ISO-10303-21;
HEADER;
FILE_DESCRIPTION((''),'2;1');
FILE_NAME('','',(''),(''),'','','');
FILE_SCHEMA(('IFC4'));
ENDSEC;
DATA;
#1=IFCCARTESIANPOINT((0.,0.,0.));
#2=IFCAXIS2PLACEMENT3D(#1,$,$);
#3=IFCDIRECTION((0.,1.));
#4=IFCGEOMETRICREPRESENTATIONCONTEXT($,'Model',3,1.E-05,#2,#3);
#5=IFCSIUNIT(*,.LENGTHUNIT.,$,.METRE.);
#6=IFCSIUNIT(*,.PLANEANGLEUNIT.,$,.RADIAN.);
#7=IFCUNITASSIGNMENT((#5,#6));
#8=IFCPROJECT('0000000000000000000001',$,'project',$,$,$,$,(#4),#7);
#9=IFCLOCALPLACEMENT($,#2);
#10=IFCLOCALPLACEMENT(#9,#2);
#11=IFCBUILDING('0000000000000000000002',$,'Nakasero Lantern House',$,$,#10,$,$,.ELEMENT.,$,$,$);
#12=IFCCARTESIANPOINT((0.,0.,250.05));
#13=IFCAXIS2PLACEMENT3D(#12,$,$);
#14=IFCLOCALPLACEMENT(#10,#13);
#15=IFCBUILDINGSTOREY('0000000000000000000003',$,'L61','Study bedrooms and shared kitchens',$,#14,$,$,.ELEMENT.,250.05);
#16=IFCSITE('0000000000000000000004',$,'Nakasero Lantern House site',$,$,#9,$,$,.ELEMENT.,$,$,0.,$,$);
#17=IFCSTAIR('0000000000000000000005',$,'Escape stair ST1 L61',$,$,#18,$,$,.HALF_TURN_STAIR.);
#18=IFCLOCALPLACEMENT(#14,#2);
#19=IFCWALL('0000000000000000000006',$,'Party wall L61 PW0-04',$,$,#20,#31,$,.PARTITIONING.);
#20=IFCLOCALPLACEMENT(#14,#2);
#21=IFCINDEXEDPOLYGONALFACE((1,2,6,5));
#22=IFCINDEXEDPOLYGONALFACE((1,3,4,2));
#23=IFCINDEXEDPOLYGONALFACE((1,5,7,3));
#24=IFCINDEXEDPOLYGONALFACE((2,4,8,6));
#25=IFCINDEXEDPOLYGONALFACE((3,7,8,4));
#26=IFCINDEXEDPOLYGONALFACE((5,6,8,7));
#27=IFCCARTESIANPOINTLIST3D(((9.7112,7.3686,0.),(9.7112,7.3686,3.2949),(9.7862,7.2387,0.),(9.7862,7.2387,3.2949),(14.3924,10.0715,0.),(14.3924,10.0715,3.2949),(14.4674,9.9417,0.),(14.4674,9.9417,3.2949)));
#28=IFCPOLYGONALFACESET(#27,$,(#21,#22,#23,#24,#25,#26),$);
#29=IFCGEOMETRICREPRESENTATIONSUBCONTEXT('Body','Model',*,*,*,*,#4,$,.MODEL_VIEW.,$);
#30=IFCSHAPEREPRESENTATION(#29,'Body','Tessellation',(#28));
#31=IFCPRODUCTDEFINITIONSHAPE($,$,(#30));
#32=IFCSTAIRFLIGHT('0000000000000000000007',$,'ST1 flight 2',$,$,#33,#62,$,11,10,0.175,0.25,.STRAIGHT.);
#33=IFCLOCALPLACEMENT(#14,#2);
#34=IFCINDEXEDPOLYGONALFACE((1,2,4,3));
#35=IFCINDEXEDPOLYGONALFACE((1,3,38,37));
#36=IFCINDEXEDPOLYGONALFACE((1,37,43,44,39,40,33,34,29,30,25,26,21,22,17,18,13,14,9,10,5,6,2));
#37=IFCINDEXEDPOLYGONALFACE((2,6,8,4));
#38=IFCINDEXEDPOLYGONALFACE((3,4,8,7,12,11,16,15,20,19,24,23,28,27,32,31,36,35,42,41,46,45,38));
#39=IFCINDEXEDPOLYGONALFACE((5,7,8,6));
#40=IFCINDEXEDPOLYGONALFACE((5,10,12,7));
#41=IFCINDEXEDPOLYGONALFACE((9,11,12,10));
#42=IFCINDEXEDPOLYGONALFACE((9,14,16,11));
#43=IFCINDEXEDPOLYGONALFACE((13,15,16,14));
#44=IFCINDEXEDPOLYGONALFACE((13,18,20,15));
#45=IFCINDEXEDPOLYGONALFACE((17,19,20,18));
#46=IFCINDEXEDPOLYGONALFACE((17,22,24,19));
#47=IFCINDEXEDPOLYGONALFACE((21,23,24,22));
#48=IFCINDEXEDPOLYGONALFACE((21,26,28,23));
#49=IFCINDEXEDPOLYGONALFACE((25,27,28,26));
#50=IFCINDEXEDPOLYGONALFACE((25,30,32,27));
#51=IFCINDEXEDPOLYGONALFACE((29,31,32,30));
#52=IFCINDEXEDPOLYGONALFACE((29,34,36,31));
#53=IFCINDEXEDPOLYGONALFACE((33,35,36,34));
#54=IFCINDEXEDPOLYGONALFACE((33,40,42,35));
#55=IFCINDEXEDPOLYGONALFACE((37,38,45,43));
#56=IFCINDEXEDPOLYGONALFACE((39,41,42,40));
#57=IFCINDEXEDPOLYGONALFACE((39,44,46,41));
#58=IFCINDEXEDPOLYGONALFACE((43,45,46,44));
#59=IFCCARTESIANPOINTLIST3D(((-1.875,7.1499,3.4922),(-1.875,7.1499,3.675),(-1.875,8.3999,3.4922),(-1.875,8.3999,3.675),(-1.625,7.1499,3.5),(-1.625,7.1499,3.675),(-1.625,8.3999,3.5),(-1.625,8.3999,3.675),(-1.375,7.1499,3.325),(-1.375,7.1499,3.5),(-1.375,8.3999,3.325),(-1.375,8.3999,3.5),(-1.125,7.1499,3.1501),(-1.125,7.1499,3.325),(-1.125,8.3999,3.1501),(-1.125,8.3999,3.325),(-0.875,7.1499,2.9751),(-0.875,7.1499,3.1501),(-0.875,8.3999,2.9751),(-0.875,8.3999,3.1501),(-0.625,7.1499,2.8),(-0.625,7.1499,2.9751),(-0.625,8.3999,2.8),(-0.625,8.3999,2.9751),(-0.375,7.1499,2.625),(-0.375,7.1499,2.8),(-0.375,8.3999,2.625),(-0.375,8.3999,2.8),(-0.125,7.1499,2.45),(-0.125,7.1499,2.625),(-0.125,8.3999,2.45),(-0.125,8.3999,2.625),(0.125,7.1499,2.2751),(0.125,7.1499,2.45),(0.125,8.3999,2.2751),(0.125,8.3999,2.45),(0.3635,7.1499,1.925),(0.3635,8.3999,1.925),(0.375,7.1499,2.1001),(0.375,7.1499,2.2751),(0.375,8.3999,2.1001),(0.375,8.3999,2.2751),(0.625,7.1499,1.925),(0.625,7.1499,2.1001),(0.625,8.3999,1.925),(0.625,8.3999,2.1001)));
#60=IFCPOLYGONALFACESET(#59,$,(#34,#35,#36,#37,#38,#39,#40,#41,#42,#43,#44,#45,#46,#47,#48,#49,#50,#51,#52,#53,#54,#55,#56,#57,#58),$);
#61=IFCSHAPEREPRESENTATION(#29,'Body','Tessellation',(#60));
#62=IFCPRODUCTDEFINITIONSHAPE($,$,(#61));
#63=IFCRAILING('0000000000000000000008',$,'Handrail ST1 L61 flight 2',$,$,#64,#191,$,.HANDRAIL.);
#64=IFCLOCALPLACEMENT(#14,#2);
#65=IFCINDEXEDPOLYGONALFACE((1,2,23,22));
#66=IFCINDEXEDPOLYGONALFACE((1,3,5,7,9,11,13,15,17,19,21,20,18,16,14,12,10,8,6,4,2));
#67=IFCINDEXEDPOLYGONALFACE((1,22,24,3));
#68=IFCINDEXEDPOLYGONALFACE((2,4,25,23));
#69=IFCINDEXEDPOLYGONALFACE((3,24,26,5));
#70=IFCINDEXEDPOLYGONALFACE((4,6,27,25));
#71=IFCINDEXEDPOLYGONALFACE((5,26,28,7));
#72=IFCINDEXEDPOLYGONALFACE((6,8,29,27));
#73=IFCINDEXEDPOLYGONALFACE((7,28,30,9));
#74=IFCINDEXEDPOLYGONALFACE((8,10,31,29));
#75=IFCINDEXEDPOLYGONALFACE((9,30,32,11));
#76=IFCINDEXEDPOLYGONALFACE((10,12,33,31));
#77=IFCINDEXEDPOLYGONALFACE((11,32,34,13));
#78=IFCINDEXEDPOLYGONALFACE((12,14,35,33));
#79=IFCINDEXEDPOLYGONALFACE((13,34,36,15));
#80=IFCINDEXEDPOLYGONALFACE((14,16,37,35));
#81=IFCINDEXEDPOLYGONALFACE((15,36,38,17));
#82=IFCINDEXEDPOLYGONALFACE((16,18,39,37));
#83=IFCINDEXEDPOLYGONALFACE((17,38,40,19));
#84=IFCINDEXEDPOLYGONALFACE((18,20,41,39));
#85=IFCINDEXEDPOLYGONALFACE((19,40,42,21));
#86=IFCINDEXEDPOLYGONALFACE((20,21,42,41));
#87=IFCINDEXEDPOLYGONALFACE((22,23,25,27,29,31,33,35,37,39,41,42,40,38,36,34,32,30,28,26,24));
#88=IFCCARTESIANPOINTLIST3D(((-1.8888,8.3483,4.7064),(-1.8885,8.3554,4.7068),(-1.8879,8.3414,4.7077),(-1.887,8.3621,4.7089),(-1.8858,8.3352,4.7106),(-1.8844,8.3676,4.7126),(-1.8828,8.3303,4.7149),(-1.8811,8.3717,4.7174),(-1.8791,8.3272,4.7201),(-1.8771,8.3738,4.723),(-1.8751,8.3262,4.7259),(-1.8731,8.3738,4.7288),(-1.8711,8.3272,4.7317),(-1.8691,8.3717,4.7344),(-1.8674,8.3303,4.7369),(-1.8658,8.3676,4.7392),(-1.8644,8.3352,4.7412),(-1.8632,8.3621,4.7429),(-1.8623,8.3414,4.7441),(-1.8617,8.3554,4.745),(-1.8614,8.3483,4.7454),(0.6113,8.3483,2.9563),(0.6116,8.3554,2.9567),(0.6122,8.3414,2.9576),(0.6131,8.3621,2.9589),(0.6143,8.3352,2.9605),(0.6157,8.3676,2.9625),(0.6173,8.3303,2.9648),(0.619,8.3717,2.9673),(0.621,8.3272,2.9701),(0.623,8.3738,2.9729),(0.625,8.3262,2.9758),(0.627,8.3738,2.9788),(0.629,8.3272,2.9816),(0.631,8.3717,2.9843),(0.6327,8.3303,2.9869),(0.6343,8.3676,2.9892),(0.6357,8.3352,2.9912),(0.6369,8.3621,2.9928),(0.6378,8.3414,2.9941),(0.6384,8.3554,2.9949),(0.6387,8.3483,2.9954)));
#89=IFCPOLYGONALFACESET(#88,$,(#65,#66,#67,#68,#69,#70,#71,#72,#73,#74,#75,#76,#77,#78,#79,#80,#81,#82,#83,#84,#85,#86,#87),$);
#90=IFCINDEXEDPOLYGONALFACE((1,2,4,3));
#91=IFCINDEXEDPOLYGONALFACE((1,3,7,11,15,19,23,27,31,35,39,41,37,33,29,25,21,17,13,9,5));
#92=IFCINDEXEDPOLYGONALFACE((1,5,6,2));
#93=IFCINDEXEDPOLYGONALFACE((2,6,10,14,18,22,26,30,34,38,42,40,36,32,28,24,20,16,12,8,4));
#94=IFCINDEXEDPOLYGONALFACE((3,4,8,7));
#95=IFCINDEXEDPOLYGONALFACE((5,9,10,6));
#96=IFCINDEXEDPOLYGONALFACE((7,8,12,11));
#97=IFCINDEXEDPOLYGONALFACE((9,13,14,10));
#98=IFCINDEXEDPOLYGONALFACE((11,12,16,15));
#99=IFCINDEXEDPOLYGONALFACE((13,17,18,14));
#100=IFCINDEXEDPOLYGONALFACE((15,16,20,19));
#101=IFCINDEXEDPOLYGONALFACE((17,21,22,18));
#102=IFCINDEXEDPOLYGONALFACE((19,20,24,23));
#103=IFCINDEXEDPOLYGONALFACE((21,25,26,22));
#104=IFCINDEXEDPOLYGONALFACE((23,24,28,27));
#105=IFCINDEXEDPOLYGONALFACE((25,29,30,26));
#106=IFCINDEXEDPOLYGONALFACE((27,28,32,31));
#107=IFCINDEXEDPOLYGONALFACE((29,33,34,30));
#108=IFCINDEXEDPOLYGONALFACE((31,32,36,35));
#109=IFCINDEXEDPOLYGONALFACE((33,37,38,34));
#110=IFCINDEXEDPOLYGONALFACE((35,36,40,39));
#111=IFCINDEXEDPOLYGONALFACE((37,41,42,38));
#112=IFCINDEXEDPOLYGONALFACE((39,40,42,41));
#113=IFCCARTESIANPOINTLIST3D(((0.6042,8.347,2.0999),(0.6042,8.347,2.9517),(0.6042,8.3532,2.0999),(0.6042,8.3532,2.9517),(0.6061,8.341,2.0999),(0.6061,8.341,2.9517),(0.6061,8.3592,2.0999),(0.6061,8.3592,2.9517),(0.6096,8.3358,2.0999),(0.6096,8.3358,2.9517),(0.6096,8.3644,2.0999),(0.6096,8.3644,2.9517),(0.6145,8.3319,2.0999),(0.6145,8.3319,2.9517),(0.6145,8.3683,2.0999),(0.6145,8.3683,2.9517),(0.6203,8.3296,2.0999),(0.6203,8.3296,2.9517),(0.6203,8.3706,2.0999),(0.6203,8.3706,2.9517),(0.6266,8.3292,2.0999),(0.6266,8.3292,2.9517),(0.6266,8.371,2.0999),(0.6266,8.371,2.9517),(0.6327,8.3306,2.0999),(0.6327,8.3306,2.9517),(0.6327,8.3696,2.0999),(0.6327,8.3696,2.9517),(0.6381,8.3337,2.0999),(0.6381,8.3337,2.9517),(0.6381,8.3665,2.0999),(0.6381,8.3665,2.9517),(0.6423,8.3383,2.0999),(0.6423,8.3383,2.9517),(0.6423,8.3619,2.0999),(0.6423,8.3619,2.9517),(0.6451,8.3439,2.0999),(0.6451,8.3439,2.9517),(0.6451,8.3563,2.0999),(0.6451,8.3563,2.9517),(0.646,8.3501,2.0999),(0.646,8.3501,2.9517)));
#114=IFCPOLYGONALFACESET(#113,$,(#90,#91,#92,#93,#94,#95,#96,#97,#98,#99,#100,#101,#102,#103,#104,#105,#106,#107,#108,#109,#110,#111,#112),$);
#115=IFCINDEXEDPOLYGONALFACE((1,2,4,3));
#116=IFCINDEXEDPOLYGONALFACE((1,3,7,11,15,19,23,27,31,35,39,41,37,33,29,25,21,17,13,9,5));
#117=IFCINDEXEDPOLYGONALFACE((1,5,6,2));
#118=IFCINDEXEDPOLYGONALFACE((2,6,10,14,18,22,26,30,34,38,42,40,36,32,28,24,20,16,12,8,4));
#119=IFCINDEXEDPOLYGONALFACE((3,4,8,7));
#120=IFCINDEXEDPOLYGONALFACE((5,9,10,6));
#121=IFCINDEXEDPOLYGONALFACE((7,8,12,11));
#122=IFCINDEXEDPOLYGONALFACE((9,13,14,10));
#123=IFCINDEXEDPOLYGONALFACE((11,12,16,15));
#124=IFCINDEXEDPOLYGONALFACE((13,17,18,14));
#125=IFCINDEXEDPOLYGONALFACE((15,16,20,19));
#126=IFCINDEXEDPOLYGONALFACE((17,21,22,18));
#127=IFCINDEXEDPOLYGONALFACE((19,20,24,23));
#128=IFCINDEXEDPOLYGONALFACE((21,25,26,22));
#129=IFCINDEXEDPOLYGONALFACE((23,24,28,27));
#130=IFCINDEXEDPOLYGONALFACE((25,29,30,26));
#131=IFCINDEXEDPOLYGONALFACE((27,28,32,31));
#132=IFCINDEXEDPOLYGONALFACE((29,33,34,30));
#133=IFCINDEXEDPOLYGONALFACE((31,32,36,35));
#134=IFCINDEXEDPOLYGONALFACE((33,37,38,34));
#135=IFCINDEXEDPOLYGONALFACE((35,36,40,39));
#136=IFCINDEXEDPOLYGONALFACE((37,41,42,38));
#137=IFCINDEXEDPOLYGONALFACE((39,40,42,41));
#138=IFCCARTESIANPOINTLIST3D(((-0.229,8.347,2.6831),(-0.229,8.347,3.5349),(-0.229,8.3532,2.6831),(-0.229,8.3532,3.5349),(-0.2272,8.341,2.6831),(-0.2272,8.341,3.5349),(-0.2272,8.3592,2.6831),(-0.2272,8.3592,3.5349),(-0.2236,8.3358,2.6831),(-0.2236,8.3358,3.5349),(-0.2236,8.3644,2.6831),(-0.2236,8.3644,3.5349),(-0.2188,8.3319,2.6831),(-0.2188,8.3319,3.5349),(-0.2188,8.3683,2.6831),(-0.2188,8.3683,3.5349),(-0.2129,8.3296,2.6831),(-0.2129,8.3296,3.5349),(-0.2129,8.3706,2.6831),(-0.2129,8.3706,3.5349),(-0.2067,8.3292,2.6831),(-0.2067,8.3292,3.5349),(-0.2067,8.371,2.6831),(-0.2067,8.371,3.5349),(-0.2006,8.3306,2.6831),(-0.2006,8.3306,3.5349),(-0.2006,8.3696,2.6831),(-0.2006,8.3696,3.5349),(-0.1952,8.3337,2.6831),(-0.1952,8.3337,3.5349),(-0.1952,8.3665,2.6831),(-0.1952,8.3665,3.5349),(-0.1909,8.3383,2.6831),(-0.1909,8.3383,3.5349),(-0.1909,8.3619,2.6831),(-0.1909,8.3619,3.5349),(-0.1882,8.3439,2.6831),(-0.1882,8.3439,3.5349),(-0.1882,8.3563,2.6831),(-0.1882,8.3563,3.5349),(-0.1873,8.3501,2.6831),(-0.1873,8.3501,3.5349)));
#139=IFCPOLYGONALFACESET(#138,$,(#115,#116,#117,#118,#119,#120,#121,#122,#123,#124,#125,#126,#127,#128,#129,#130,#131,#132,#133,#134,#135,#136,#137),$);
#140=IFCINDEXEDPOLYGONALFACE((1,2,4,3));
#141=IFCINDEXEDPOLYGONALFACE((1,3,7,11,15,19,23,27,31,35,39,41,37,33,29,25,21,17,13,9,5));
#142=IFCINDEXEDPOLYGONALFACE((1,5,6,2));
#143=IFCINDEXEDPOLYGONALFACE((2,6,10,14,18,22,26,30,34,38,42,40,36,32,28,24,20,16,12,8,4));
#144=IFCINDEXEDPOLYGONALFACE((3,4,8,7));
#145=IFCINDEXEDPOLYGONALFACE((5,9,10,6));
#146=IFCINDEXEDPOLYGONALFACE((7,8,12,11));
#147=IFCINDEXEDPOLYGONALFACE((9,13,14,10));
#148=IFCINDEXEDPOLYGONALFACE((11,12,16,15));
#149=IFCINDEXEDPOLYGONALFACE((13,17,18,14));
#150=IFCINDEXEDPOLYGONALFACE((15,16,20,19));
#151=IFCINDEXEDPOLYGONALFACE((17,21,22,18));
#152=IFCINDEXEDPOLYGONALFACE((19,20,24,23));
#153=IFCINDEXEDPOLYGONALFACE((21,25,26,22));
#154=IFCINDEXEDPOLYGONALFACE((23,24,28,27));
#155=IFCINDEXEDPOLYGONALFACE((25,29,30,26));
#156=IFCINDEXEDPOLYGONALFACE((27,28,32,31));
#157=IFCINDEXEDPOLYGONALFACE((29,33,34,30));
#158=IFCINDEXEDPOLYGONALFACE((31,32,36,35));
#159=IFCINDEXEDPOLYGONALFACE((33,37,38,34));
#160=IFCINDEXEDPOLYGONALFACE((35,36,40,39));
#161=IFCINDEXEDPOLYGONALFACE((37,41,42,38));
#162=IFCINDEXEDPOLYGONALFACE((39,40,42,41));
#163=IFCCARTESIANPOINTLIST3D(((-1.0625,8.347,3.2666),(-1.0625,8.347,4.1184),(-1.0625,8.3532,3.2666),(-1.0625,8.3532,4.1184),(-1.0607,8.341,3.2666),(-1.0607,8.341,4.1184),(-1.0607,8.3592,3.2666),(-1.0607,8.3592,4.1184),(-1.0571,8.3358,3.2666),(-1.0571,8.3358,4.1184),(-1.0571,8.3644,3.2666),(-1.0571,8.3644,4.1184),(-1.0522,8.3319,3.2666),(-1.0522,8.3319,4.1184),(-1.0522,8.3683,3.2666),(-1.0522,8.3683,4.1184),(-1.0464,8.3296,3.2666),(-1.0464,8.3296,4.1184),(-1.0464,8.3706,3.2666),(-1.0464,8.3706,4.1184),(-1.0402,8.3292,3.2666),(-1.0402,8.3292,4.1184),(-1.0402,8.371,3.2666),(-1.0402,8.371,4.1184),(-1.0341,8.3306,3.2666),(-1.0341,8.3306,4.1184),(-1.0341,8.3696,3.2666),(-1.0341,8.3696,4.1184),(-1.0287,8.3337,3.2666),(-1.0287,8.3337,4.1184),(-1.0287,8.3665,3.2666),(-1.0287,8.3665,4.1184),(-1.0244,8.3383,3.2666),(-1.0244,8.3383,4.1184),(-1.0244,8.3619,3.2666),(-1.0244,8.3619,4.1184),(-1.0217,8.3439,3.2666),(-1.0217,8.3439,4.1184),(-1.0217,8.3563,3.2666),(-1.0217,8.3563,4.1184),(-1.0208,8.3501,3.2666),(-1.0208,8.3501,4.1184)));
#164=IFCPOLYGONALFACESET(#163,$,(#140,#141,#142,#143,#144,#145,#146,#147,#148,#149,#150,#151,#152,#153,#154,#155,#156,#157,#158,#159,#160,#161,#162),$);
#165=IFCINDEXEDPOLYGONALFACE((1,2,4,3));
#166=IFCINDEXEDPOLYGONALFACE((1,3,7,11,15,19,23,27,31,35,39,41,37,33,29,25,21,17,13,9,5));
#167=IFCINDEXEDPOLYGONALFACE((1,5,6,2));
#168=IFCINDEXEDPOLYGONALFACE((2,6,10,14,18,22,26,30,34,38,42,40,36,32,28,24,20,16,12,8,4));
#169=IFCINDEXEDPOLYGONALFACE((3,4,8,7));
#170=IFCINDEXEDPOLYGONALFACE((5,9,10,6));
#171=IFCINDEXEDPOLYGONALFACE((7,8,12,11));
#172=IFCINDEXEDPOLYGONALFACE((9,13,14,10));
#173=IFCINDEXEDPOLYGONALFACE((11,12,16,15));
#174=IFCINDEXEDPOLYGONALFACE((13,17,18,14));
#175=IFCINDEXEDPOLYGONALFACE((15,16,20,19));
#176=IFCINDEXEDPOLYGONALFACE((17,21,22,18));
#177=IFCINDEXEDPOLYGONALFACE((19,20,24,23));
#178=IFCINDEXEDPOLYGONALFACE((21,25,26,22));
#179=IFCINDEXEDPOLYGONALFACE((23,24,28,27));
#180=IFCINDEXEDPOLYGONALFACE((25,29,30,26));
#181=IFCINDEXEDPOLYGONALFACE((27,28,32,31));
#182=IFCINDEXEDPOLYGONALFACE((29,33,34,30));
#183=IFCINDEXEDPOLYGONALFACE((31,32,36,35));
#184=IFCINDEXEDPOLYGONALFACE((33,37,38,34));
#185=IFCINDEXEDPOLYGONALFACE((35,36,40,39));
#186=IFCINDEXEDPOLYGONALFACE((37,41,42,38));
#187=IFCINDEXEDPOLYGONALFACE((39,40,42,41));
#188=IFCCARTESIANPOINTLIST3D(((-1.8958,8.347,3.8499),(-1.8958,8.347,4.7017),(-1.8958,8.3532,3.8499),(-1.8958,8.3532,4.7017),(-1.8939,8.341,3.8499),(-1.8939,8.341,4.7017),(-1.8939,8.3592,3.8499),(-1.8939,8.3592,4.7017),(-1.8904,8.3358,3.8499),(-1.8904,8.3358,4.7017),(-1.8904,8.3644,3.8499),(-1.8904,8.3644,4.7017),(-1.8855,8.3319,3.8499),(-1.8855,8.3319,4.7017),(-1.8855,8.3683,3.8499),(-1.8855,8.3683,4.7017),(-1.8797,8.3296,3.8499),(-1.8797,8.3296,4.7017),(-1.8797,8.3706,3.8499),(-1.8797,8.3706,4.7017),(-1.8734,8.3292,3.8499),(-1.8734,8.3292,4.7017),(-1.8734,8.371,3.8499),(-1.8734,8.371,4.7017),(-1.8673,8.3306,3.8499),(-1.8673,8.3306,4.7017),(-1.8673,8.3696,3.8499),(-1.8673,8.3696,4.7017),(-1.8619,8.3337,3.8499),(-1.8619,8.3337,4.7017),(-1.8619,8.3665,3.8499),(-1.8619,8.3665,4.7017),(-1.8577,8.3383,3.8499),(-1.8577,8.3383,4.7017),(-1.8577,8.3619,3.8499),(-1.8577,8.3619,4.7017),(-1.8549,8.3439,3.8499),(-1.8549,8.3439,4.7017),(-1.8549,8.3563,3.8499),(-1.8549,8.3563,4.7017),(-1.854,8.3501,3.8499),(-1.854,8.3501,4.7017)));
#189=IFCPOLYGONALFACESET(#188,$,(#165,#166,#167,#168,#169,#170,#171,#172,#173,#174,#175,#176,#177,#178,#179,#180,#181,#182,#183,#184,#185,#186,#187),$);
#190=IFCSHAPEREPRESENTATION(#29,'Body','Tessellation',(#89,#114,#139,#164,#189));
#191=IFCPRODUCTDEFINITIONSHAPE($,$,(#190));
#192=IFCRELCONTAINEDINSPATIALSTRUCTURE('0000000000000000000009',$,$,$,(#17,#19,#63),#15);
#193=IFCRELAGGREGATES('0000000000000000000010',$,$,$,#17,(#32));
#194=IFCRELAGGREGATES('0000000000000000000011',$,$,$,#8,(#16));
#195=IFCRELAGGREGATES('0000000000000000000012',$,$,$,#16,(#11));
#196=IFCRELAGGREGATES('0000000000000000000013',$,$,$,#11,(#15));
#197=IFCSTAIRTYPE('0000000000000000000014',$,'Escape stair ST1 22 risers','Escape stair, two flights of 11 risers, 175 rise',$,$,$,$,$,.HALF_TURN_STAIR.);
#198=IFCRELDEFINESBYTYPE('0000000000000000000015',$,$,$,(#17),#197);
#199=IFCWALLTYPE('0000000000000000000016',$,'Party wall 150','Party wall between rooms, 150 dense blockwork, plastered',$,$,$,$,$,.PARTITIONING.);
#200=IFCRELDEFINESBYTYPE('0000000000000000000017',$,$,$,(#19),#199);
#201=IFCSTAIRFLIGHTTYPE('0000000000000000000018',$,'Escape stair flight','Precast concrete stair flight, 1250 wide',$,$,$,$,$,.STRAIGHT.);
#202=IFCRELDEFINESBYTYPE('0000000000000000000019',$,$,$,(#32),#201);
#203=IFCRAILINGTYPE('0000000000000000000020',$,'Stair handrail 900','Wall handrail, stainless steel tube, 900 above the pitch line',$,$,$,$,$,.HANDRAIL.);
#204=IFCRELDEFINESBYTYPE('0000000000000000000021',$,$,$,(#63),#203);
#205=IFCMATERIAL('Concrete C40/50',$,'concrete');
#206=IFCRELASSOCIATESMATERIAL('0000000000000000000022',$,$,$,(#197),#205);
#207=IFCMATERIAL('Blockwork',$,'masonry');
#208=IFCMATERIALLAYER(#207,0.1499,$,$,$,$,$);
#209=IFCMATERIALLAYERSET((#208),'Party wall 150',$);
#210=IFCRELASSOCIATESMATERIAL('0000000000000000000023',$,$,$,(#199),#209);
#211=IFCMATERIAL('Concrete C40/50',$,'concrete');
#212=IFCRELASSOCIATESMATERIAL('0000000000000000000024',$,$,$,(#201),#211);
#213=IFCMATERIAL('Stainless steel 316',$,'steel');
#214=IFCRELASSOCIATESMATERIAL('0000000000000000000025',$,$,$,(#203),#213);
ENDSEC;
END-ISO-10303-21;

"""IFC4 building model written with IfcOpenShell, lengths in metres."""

from ifc_helpers import new_model, si_unit, direction, frame, frame_2d, origin, origin_2d, place, context, subcontext, project, spatial, polyline, rectangle, circle, outline, extrude, material, layer, layer_set, type_object, element, aggregate, save


model = new_model("IFC4")

# Units and contexts
model_context = context("Model", 3, precision=1e-05, world=origin(), true_north=direction((0.0, 1.0)))
body_context = subcontext(model_context, "Body", "Model", "MODEL_VIEW")
ifc_project = project(units=[si_unit("LENGTHUNIT", "METRE"), si_unit("PLANEANGLEUNIT", "RADIAN")], contexts=[model_context])

# Site, building, storey
site_placement = place(None, origin())
site = spatial("IfcSite", under=ifc_project, at=site_placement, Name="Nakasero Lantern House site", CompositionType="ELEMENT", RefElevation=0.0)
building_placement = place(site_placement, origin())
building = spatial("IfcBuilding", under=site, at=building_placement, Name="Nakasero Lantern House", CompositionType="ELEMENT")
storey_placement = place(building_placement, frame((0.0, 0.0, 250.05)))
storey = spatial("IfcBuildingStorey", under=building, at=storey_placement, Name="L61", Description="Study bedrooms and shared kitchens", CompositionType="ELEMENT", Elevation=250.05)

# Stair
ifc_material_1 = material(Name="Concrete C40/50", Category="concrete")
stair_type_1 = type_object("IfcStairType", Name="Escape stair ST1 22 risers", Description="Escape stair, two flights of 11 risers, 175 rise", PredefinedType="HALF_TURN_STAIR", material=ifc_material_1)
stair_1_placement = place(storey_placement, origin())
stair_1 = element("IfcStair", 1, at=stair_1_placement, inside=storey, type_object=stair_type_1, Name="Escape stair ST1 L61", PredefinedType="HALF_TURN_STAIR")

# Wall
ifc_material_2 = material(Name="Blockwork", Category="masonry")
ifc_layer_1 = layer(ifc_material_2, 0.1499)
ifc_layer_set_1 = layer_set([ifc_layer_1], Name="Party wall 150")
wall_type_1 = type_object("IfcWallType", Name="Party wall 150", Description="Party wall between rooms, 150 dense blockwork, plastered", PredefinedType="PARTITIONING", material=ifc_layer_set_1)
wall_1_placement = place(storey_placement, frame((9.7488, 7.3037, 0.0), z_axis=(0.0, 0.0, 1.0), x_axis=(0.866008, 0.50003, 0.0)))
element("IfcWall", 2, at=wall_1_placement, inside=storey, type_object=wall_type_1, Name="Party wall L61 PW0-04", PredefinedType="PARTITIONING", context=body_context, shape_type="SweptSolid", body=[
    extrude(rectangle(XDim=5.4055, YDim=0.1499, at=frame_2d((2.7026, 0.0))), origin(), (0.0, 0.0, 1.0), 3.2949),
])

# Stair flight
ifc_material_3 = material(Name="Concrete C40/50", Category="concrete")
stair_flight_type = type_object("IfcStairFlightType", Name="Escape stair flight", Description="Precast concrete stair flight, 1250 wide", PredefinedType="STRAIGHT", material=ifc_material_3)
stair_flight_placement = place(storey_placement, frame((0.625, 7.7749, 1.925), z_axis=(0.0, 0.0, 1.0), x_axis=(-1.0, 0.0, 0.0)))
stair_flight = element("IfcStairFlight", 3, at=stair_flight_placement, type_object=stair_flight_type, Name="ST1 flight 2", NumberOfRisers=11, NumberOfTreads=10, PredefinedType="STRAIGHT", RiserHeight=0.175, TreadLength=0.25, context=body_context, shape_type="SweptSolid", body=[
    extrude(outline(polyline([(0.0, 0.0), (0.0, 0.175), (0.25, 0.175), (0.25, 0.3501), (0.5, 0.3501), (0.5, 0.5249), (0.75, 0.5249), (0.75, 0.7), (1.0, 0.7), (1.0, 0.875), (1.25, 0.875), (1.25, 1.05), (1.5, 1.05), (1.5, 1.2251), (1.75, 1.2251), (1.75, 1.3999), (2.0, 1.3999), (2.0, 1.575), (2.25, 1.575), (2.25, 1.75), (2.5, 1.75), (2.5, 1.925), (2.5, 1.5671), (0.2615, 0.0), (0.0, 0.0)])), frame((0.0, 0.625, 0.0), z_axis=(0.0, -1.0, 0.0), x_axis=(1.0, 0.0, 0.0)), (0.0, 0.0, 1.0), 1.25),
])
aggregate(stair_1, [stair_flight])

# Railing
ifc_material_4 = material(Name="Stainless steel 316", Category="steel")
railing_type = type_object("IfcRailingType", Name="Stair handrail 900", Description="Wall handrail, stainless steel tube, 900 above the pitch line", PredefinedType="HANDRAIL", material=ifc_material_4)
railing_placement = place(storey_placement, frame((0.625, 8.3501, 2.0999)))
element("IfcRailing", 4, at=railing_placement, inside=storey, type_object=railing_type, Name="Handrail ST1 L61 flight 2", PredefinedType="HANDRAIL", context=body_context, shape_type="SweptSolid", body=[
    extrude(circle(Radius=0.0239, at=origin_2d()), frame((0.0, 0.0, 0.876), z_axis=(-0.819232, 0.0, 0.573462), x_axis=(0.0, -1.0, 0.0)), (0.0, 0.0, 1.0), 3.0518),
    extrude(circle(Radius=0.021, at=origin_2d()), origin(), (0.0, 0.0, 1.0), 0.8518),
    extrude(circle(Radius=0.021, at=origin_2d()), frame((-0.8333, 0.0, 0.5833)), (0.0, 0.0, 1.0), 0.8518),
    extrude(circle(Radius=0.021, at=origin_2d()), frame((-1.6667, 0.0, 1.1667)), (0.0, 0.0, 1.0), 0.8518),
    extrude(circle(Radius=0.021, at=origin_2d()), frame((-2.5, 0.0, 1.75)), (0.0, 0.0, 1.0), 0.8518),
])

save(model, "model.ifc")
